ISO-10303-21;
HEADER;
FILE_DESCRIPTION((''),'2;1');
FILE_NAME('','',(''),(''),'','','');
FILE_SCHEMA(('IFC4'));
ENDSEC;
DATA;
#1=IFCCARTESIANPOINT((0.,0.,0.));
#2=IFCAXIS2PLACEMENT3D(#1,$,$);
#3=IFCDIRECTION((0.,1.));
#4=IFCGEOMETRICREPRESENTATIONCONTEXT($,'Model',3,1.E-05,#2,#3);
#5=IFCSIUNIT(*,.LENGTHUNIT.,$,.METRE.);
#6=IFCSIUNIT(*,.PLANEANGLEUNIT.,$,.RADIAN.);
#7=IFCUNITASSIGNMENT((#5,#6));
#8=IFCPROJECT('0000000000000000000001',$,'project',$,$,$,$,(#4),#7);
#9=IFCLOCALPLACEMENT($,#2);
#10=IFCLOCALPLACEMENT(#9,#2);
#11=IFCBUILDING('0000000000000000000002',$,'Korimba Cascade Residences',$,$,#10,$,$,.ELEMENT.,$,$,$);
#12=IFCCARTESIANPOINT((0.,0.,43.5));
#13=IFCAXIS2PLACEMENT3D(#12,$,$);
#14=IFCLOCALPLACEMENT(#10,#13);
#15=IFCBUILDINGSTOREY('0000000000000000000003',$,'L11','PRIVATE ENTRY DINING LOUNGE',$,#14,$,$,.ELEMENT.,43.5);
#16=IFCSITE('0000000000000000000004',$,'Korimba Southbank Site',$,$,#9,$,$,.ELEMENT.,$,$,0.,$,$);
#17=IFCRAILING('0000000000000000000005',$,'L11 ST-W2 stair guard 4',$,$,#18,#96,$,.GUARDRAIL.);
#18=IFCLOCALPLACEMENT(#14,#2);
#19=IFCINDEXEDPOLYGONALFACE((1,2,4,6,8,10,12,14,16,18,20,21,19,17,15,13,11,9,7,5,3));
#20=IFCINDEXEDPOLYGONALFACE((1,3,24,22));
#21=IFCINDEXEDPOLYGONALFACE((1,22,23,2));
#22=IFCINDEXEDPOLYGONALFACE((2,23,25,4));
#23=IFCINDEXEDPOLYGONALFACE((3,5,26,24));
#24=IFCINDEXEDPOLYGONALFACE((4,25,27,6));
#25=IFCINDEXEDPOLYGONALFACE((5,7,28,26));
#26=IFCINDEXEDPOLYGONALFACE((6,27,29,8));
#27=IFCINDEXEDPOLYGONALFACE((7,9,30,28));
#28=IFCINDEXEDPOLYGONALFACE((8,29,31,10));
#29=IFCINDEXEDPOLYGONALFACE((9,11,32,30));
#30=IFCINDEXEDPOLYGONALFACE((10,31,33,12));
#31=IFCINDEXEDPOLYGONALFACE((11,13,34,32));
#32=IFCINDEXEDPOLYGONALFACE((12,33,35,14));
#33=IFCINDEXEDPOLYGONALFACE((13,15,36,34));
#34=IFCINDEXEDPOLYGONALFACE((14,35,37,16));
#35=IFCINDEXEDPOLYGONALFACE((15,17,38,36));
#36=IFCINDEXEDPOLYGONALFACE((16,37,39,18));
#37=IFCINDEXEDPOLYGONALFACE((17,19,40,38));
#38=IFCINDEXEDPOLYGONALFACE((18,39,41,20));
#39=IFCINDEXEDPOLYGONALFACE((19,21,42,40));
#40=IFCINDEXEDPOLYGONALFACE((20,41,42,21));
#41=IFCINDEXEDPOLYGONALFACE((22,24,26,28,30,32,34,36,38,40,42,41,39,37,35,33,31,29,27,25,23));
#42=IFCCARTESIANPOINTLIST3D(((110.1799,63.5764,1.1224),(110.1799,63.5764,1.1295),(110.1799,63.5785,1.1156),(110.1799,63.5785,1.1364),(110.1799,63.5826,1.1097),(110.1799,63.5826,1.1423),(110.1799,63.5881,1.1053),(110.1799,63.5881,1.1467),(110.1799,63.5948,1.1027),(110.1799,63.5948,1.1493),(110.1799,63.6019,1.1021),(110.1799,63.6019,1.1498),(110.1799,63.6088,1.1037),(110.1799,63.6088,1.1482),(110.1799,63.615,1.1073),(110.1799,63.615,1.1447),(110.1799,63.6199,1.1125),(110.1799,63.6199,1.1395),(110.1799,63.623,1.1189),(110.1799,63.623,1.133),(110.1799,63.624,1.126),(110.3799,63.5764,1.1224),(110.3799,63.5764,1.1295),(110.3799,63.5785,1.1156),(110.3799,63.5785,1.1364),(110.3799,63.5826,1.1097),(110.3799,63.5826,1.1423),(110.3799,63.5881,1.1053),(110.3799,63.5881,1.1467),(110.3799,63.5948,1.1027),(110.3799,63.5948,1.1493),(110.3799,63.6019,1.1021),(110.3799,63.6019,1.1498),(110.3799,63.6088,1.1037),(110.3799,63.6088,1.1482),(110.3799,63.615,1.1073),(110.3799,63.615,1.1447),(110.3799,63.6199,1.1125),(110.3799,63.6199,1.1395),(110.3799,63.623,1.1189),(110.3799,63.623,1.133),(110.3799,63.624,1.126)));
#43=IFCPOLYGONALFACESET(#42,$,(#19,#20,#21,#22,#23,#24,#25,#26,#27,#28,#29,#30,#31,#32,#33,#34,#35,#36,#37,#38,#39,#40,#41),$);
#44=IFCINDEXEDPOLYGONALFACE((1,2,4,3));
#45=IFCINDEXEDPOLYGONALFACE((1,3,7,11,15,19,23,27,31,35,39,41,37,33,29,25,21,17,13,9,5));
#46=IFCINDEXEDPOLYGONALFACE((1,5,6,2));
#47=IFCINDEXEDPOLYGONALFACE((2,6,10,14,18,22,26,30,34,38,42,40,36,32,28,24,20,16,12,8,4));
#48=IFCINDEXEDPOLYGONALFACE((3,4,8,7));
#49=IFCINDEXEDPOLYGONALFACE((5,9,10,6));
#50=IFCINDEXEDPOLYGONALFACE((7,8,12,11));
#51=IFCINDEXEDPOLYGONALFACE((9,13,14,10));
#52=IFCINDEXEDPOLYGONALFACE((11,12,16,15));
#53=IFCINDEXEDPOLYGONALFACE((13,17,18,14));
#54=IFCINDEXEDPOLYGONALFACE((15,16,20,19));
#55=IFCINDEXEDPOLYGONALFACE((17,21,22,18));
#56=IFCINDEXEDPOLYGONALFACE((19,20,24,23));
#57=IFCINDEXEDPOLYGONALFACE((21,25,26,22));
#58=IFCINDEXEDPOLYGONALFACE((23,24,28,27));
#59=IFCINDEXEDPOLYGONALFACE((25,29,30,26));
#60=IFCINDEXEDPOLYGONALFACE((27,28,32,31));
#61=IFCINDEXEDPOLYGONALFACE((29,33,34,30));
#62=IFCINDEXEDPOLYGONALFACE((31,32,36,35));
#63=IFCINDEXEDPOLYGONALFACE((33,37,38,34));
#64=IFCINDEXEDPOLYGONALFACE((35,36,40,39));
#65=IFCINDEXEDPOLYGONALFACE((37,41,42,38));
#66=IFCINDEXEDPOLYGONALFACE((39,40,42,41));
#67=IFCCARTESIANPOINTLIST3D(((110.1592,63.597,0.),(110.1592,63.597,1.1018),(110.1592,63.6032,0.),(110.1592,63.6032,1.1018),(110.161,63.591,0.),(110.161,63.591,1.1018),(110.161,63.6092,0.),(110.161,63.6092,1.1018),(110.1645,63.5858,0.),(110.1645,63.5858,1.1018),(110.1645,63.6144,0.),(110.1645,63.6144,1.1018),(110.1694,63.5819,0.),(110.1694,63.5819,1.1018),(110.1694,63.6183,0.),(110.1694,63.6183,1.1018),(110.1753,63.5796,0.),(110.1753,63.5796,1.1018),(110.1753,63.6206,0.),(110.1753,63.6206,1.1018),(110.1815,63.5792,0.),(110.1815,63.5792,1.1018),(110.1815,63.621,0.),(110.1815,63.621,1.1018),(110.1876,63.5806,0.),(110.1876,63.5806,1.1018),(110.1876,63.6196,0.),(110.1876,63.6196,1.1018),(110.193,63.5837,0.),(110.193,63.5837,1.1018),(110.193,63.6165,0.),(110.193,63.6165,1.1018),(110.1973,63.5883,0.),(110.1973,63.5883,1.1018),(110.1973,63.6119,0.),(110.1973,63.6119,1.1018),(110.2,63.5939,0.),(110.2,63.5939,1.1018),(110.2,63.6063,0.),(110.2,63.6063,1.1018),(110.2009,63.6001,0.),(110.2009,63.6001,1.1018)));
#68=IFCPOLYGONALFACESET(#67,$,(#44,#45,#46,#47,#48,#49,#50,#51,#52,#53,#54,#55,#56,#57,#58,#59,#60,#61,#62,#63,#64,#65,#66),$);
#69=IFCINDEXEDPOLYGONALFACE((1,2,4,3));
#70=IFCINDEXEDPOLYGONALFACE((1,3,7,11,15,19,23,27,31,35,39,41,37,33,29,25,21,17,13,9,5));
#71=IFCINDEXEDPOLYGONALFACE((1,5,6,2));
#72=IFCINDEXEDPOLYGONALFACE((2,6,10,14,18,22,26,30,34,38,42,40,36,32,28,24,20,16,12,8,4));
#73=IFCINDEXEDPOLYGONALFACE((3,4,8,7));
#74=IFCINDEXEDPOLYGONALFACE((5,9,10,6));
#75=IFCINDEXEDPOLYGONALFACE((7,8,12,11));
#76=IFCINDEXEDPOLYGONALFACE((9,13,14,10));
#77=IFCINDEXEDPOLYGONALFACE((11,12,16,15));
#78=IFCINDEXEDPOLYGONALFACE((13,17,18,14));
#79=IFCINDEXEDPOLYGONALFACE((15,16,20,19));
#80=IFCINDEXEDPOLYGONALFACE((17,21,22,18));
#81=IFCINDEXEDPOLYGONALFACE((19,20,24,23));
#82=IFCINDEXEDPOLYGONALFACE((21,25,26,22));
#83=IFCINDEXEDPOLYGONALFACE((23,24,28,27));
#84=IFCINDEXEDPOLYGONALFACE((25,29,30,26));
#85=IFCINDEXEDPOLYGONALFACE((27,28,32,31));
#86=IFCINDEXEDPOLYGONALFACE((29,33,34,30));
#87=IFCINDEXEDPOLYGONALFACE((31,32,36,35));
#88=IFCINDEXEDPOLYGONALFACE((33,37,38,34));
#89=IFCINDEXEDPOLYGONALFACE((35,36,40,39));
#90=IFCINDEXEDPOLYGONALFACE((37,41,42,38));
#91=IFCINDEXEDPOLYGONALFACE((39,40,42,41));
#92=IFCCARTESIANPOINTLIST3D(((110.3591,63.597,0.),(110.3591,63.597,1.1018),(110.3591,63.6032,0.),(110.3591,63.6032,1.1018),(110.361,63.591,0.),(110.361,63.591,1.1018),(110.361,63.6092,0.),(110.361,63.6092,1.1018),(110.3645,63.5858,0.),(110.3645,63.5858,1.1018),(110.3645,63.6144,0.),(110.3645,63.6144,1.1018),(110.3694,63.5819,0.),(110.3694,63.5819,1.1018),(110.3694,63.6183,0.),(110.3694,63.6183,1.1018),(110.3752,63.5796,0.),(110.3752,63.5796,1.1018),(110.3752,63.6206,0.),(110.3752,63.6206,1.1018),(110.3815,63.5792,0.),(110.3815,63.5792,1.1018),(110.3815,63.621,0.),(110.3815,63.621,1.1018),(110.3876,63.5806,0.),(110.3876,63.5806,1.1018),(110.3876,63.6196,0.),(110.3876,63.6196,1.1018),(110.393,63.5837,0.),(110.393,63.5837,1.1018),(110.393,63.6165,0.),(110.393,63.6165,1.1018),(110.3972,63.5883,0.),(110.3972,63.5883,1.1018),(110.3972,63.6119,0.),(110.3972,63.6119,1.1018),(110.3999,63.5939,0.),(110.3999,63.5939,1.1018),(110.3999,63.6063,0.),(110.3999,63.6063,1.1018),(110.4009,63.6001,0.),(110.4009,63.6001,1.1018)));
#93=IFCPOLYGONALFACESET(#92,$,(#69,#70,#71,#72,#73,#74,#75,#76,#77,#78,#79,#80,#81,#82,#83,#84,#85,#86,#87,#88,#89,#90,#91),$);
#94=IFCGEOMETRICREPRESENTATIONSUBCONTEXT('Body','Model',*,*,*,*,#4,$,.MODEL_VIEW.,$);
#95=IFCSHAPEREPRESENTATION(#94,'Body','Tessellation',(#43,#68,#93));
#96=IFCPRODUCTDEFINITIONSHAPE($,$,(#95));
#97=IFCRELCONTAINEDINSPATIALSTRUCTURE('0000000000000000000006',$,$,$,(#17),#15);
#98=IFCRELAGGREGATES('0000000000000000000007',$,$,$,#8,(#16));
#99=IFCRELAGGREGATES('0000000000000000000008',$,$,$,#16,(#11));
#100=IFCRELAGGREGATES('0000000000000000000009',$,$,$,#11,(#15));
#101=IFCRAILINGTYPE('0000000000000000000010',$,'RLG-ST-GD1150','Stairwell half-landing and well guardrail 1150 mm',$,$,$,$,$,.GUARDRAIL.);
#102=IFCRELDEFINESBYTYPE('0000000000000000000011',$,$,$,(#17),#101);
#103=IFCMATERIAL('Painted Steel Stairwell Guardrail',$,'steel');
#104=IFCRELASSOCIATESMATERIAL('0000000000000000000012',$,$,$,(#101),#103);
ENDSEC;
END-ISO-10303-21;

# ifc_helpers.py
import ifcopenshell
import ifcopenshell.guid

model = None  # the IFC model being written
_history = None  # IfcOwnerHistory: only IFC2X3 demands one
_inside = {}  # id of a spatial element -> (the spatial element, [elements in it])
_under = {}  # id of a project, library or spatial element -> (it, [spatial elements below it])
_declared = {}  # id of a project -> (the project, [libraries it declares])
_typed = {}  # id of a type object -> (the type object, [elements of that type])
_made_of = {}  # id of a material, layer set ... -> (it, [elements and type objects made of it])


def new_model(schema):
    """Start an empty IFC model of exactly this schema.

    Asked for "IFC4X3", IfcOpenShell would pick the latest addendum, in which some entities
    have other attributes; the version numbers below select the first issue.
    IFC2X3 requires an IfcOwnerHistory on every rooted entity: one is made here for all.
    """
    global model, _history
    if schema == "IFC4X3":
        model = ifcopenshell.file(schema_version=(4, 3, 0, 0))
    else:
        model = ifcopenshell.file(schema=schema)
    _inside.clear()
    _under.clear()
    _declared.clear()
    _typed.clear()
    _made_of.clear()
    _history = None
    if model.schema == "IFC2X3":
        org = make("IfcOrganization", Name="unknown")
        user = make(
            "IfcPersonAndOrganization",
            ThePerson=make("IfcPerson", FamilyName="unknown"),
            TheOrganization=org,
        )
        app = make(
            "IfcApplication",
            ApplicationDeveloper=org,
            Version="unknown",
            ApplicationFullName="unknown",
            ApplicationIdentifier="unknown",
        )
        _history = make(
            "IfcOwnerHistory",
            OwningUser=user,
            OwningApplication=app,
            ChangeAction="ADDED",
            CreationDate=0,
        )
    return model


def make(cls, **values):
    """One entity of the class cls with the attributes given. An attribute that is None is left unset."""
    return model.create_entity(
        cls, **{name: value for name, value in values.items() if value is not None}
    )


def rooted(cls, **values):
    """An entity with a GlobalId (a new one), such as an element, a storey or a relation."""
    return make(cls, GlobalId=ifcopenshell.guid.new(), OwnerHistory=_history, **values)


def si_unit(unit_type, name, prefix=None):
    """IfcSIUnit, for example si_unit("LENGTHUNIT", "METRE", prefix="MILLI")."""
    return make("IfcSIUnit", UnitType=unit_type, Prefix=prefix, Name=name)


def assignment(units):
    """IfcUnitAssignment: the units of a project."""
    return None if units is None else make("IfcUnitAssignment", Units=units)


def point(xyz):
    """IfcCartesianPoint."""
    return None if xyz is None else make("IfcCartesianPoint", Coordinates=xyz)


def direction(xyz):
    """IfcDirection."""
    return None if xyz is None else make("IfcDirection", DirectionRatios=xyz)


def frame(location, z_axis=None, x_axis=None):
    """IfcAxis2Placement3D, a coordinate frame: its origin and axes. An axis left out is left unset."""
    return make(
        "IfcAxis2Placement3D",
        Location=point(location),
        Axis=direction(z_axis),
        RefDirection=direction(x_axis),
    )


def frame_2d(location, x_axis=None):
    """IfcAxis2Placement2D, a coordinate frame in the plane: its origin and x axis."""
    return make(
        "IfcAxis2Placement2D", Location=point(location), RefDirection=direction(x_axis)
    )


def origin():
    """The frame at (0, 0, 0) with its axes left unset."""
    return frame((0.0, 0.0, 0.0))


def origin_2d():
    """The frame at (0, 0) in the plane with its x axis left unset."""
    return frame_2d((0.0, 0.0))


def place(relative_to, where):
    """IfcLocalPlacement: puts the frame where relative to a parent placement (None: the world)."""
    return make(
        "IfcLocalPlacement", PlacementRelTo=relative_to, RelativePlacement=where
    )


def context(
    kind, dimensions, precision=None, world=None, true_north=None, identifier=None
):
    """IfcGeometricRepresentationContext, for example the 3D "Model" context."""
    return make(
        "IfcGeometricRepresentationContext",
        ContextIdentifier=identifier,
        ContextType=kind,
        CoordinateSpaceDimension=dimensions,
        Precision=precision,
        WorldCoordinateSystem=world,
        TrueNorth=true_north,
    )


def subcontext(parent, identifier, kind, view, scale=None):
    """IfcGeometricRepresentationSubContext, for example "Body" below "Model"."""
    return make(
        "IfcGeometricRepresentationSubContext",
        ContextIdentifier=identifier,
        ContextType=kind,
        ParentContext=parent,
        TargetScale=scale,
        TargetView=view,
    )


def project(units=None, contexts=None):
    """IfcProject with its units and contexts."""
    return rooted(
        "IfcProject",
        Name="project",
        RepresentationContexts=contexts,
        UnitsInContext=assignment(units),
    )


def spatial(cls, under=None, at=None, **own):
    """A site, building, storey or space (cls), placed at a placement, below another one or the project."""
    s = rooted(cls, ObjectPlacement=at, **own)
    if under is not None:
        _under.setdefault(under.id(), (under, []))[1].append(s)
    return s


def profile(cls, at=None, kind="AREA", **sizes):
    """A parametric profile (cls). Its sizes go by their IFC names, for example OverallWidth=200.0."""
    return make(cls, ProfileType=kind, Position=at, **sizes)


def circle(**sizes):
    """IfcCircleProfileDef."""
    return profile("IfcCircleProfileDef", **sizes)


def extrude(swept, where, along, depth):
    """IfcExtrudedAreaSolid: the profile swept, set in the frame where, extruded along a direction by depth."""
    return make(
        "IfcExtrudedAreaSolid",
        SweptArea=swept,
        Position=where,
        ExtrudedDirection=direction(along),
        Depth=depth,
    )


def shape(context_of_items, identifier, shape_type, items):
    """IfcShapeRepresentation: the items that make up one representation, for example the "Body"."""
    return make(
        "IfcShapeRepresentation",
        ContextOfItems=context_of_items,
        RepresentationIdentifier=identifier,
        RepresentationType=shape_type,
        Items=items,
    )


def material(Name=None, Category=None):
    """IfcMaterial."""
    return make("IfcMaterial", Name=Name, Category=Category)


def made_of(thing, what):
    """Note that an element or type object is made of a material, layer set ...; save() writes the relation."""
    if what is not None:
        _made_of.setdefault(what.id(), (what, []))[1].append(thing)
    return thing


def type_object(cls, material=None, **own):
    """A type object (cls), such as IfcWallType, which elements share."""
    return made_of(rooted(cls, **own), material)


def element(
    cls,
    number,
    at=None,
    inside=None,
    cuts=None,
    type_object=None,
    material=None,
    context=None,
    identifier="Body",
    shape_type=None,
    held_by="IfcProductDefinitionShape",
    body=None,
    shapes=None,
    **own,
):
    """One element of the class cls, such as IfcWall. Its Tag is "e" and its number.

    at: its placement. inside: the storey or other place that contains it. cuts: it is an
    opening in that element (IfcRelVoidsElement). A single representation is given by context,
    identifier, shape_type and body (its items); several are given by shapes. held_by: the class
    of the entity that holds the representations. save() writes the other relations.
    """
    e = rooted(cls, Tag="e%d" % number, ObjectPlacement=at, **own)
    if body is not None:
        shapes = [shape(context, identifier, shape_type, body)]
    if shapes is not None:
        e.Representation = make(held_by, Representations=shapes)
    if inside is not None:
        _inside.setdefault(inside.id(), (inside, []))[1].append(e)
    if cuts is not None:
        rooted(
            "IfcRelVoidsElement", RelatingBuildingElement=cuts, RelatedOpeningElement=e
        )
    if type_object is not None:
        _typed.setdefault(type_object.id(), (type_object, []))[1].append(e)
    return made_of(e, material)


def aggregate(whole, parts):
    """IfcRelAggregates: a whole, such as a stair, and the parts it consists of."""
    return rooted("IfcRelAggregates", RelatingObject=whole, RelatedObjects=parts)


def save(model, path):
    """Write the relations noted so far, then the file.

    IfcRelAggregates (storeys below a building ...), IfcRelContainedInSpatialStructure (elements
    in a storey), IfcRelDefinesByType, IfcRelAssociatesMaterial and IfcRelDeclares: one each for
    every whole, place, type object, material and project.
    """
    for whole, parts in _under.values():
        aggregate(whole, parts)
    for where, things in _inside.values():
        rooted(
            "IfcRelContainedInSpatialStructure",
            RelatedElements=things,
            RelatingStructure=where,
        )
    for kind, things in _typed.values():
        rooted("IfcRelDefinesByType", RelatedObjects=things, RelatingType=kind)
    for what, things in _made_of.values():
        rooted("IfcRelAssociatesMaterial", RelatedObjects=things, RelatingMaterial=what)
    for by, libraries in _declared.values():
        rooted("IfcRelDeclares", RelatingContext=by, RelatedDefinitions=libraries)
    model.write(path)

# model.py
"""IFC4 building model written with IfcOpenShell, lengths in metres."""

from ifc_helpers import new_model, si_unit, direction, frame, origin, origin_2d, place, context, subcontext, project, spatial, circle, extrude, material, type_object, element, save


model = new_model("IFC4")

# Units and contexts
model_context = context("Model", 3, precision=1e-05, world=origin(), true_north=direction((0.0, 1.0)))
body_context = subcontext(model_context, "Body", "Model", "MODEL_VIEW")
ifc_project = project(units=[si_unit("LENGTHUNIT", "METRE"), si_unit("PLANEANGLEUNIT", "RADIAN")], contexts=[model_context])

# Site, building, storey
site_placement = place(None, origin())
site = spatial("IfcSite", under=ifc_project, at=site_placement, Name="Korimba Southbank Site", CompositionType="ELEMENT", RefElevation=0.0)
building_placement = place(site_placement, origin())
building = spatial("IfcBuilding", under=site, at=building_placement, Name="Korimba Cascade Residences", CompositionType="ELEMENT")
storey_placement = place(building_placement, frame((0.0, 0.0, 43.5)))
storey = spatial("IfcBuildingStorey", under=building, at=storey_placement, Name="L11", Description="PRIVATE ENTRY DINING LOUNGE", CompositionType="ELEMENT", Elevation=43.5)

# Railing
ifc_material_1 = material(Name="Painted Steel Stairwell Guardrail", Category="steel")
railing_type_1 = type_object("IfcRailingType", Name="RLG-ST-GD1150", Description="Stairwell half-landing and well guardrail 1150 mm", PredefinedType="GUARDRAIL", material=ifc_material_1)
railing_1_placement = place(storey_placement, frame((110.1799, 63.6001, 0.0)))
element("IfcRailing", 1, at=railing_1_placement, inside=storey, type_object=railing_type_1, Name="L11 ST-W2 stair guard 4", PredefinedType="GUARDRAIL", context=body_context, shape_type="SweptSolid", body=[
    extrude(circle(Radius=0.0239, at=origin_2d()), frame((0.0, 0.0, 1.126), z_axis=(1.0, 0.0, 0.0), x_axis=(0.0, 1.0, 0.0)), (0.0, 0.0, 1.0), 0.2),
    extrude(circle(Radius=0.021, at=origin_2d()), origin(), (0.0, 0.0, 1.0), 1.1018),
    extrude(circle(Radius=0.021, at=origin_2d()), frame((0.2, 0.0, 0.0)), (0.0, 0.0, 1.0), 1.1018),
])

save(model, "model.ifc")
